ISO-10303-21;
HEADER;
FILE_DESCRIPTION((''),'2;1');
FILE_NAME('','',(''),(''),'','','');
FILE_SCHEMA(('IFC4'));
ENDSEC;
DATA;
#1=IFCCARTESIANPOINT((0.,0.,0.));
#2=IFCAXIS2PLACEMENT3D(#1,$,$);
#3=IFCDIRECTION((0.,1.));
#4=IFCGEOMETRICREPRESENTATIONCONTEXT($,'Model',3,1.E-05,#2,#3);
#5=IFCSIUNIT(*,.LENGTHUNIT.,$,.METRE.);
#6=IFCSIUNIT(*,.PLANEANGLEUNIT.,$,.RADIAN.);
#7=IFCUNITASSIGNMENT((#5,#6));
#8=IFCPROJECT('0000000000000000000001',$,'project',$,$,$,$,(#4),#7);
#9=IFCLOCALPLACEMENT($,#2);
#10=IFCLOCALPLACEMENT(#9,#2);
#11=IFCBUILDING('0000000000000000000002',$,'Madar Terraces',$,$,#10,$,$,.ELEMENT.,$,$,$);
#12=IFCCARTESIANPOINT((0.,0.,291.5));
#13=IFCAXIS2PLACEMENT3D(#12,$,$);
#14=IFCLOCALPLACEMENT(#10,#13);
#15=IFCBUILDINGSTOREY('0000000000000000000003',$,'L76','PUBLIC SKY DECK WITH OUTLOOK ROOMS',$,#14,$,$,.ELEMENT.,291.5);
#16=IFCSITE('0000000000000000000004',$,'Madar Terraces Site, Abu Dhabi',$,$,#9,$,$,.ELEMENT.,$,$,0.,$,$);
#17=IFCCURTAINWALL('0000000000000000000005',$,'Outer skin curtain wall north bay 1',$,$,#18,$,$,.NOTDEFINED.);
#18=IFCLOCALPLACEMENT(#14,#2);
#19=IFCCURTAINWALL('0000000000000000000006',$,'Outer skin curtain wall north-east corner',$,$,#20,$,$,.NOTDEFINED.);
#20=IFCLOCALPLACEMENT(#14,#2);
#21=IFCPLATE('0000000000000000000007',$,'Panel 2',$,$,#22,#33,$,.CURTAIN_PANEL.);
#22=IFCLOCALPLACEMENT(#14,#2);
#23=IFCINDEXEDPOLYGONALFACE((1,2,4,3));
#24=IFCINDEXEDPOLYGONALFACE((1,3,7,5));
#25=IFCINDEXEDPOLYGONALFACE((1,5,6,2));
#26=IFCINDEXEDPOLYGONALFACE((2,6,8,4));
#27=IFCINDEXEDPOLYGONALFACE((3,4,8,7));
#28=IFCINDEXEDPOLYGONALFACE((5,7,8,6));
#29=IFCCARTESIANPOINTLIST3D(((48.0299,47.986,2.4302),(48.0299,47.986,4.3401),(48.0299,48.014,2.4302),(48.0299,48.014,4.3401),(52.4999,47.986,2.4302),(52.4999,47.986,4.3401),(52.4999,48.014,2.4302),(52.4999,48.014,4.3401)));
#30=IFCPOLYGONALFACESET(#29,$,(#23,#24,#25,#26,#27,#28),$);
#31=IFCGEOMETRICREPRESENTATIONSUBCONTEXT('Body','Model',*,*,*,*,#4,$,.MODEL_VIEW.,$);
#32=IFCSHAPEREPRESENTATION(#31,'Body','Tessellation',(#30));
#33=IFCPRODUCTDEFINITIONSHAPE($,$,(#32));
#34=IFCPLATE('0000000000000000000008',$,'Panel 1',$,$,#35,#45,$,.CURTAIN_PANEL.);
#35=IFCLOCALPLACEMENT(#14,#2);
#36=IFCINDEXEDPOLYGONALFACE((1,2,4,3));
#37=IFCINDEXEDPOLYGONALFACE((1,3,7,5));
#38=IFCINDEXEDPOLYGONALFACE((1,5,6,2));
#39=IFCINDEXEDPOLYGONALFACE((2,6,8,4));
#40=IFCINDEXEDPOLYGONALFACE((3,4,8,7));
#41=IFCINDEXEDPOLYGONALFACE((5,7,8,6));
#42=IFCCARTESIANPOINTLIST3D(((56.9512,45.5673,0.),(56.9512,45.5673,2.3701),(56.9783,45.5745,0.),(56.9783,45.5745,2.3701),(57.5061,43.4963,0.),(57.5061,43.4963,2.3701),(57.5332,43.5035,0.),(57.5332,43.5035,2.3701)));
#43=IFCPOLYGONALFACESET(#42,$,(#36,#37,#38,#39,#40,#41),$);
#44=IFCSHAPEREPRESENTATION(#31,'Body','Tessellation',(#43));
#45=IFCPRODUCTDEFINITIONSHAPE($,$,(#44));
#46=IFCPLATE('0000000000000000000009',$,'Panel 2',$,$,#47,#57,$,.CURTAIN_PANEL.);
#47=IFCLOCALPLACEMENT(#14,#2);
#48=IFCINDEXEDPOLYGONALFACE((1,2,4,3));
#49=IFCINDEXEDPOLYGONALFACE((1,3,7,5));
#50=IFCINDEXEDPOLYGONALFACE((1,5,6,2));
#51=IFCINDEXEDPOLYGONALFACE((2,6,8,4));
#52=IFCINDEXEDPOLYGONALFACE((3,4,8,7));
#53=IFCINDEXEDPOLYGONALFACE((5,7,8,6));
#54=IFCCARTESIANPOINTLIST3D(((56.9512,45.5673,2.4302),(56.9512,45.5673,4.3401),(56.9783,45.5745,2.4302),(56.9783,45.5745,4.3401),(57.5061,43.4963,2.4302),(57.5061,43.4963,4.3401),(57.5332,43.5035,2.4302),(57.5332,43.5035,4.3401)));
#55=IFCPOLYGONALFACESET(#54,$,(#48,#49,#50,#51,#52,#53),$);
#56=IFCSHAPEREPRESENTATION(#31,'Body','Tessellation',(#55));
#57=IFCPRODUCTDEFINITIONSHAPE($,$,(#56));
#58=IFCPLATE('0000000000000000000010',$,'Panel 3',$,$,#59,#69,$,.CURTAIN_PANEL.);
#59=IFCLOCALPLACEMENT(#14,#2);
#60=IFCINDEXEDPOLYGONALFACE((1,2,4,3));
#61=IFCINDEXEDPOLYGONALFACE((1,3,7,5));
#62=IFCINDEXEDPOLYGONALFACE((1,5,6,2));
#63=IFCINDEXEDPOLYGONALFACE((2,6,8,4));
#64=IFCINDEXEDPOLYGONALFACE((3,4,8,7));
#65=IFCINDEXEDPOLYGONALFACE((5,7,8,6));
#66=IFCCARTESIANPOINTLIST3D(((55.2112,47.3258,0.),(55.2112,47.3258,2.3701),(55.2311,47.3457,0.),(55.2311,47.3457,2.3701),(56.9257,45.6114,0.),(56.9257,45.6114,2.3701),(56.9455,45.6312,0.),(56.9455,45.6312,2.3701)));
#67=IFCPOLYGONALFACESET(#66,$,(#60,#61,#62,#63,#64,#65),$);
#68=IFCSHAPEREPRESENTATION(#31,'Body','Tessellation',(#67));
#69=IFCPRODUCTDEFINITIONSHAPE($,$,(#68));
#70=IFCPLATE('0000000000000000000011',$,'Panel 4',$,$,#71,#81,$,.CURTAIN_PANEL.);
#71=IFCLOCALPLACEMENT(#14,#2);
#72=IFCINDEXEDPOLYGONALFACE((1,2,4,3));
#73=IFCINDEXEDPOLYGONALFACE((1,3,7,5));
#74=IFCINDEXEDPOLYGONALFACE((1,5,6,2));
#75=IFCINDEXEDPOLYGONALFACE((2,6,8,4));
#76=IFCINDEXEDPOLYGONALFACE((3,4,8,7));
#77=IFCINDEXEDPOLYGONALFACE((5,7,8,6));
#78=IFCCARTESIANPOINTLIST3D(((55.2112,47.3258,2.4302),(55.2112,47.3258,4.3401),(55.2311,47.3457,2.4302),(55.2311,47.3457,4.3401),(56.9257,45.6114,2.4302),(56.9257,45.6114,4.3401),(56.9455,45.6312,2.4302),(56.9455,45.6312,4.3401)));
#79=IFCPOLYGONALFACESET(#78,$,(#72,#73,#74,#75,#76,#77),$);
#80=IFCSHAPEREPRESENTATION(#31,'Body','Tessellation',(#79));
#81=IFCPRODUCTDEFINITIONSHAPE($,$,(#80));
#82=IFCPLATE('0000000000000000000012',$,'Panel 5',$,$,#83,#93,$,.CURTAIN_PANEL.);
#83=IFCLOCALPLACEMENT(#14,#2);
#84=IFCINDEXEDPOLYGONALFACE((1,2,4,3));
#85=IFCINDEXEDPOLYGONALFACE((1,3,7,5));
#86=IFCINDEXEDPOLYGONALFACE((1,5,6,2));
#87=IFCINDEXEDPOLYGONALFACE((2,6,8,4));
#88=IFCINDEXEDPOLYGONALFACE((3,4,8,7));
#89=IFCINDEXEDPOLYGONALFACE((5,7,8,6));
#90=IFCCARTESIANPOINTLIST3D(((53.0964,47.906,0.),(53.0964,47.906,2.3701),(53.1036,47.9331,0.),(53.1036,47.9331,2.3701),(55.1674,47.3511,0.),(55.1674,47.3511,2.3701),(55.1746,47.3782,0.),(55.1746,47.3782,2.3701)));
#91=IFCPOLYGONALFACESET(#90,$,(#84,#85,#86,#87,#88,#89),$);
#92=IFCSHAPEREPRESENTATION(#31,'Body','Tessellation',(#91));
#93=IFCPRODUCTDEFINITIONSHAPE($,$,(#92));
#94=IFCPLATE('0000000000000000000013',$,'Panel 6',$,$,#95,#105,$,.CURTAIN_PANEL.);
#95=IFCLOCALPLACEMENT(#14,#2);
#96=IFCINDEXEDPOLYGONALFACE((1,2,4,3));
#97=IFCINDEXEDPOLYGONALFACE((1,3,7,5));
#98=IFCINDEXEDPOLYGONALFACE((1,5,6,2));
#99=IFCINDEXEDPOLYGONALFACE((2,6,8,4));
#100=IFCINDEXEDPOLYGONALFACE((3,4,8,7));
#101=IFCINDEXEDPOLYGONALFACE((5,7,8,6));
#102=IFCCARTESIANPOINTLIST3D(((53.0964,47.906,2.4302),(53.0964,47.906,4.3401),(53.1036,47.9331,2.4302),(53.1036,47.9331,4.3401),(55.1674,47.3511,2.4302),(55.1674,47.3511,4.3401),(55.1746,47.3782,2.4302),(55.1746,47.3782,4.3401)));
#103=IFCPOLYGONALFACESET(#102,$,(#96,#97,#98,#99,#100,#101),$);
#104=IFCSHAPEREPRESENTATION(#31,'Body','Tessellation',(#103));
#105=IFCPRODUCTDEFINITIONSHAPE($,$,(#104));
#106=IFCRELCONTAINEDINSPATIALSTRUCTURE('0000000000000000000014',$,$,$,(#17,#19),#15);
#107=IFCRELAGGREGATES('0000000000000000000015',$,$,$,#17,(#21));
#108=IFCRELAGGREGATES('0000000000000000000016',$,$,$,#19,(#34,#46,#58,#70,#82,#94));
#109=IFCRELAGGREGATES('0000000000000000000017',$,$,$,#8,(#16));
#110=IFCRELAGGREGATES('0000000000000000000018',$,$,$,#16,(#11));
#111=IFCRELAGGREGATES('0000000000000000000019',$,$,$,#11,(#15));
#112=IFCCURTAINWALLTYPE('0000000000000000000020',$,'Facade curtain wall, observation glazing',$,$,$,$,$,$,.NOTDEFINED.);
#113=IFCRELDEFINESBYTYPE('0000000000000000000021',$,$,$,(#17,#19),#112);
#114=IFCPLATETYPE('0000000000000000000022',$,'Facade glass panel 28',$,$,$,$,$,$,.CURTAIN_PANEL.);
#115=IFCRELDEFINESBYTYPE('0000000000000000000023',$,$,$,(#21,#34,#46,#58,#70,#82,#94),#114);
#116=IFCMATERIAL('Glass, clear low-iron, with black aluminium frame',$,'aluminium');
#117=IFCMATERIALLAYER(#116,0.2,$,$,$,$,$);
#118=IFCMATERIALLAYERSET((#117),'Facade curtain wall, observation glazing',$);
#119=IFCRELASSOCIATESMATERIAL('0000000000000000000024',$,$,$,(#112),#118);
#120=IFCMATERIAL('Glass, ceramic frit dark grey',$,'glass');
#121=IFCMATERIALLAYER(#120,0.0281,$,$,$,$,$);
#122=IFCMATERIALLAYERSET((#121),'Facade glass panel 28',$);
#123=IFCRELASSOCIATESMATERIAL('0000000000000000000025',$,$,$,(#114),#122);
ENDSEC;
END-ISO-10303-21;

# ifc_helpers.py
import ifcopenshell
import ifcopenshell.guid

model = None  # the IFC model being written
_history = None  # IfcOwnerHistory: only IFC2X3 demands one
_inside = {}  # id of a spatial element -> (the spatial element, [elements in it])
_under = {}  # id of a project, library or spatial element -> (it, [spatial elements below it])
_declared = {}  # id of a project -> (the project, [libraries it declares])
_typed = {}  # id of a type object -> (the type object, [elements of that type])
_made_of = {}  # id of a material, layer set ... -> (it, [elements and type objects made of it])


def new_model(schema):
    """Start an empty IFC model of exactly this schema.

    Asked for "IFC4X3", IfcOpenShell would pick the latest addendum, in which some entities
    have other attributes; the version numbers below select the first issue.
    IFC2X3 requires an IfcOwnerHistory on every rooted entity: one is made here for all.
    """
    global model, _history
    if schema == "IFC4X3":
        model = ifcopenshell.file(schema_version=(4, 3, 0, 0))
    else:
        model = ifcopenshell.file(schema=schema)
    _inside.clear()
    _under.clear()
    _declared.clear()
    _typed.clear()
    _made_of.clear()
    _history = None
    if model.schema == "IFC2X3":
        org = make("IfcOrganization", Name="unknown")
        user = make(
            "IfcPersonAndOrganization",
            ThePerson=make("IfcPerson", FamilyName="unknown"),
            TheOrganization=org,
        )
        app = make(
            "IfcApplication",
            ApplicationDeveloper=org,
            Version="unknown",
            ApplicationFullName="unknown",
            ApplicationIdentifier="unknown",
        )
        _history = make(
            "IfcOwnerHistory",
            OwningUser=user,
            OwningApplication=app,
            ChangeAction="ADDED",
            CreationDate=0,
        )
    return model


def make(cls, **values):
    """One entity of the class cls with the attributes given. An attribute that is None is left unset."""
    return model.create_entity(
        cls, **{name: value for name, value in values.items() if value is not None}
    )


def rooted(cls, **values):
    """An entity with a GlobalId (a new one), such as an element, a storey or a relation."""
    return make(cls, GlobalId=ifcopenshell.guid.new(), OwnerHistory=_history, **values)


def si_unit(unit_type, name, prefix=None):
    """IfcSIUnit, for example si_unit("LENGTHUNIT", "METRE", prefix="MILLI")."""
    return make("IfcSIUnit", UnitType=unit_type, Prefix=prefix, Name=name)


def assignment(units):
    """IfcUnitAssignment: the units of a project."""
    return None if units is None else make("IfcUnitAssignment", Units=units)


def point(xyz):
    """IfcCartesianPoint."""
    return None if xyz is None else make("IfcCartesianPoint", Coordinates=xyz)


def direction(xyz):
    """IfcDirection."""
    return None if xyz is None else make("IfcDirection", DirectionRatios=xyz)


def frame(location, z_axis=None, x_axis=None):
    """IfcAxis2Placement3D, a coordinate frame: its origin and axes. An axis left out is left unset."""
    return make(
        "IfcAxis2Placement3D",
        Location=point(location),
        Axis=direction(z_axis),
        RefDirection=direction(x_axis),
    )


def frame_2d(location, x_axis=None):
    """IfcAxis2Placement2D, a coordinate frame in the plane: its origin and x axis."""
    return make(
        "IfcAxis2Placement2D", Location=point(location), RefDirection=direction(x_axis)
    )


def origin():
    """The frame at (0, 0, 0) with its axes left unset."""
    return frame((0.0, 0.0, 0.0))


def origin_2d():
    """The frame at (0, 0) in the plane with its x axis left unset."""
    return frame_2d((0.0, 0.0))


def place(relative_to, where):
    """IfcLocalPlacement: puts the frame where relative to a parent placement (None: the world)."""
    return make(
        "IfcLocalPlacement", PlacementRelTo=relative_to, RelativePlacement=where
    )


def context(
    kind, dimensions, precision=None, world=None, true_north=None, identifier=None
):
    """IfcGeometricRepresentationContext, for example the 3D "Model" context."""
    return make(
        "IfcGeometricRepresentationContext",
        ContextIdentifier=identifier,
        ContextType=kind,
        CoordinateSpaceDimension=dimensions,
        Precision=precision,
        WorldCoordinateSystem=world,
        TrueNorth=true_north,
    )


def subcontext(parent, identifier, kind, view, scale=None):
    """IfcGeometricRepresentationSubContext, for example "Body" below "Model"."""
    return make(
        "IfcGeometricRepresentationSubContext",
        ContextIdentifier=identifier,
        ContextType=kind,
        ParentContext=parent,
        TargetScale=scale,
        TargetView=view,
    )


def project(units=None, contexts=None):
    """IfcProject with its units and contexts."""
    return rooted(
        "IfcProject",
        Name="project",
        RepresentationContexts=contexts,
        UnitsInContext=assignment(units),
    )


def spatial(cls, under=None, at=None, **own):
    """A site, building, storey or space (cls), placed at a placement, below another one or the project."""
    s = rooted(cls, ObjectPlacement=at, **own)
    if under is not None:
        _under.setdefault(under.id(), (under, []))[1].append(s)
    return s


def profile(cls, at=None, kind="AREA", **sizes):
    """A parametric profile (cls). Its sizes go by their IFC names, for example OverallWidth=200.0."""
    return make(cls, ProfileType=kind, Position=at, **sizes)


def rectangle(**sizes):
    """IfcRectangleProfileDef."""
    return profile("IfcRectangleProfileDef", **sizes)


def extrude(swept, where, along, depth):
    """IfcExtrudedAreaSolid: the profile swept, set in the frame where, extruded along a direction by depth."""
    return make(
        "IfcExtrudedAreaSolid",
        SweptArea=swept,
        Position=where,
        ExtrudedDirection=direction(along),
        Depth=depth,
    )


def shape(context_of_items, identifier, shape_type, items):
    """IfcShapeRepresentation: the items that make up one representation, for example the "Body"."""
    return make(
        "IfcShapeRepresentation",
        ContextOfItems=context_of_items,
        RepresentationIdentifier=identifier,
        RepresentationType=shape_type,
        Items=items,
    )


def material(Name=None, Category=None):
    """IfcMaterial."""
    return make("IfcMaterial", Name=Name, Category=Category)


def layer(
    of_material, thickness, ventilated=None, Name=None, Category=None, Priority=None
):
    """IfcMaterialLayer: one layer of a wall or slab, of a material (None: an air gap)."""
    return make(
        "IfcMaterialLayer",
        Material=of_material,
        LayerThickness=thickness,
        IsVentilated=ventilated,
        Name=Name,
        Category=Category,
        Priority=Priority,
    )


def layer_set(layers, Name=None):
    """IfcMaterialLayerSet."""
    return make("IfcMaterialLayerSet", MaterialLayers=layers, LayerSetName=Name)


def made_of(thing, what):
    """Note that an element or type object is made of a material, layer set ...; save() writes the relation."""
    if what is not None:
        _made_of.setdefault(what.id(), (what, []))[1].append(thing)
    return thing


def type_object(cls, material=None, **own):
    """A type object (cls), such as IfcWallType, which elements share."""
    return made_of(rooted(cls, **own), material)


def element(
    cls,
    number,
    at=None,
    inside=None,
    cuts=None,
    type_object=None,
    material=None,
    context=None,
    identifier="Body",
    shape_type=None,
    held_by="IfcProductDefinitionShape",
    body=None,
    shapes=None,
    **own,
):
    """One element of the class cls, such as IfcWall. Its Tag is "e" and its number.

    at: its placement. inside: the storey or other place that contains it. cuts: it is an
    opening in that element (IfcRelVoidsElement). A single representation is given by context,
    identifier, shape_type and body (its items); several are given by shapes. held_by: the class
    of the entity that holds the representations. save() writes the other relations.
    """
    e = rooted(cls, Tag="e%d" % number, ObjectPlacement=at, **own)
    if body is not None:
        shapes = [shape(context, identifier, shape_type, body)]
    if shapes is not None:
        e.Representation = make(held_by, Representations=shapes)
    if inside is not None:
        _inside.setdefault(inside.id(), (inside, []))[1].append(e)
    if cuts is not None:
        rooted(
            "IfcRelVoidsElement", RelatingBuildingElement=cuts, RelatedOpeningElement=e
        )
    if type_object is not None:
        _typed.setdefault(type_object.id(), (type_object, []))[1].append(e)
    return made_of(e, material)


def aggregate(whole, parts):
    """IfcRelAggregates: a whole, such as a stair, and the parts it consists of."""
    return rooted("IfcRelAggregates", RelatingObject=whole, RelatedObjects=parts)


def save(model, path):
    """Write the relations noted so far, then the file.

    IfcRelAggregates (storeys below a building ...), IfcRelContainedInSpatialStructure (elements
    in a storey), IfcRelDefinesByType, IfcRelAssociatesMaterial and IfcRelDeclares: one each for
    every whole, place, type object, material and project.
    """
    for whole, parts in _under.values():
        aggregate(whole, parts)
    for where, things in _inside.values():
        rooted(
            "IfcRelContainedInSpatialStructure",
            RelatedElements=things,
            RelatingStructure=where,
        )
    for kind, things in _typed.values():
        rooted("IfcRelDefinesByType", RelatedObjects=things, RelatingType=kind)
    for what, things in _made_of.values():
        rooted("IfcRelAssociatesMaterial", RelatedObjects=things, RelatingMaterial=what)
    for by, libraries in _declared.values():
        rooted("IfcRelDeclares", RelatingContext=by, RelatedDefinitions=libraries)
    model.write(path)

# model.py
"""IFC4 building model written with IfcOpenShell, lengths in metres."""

from ifc_helpers import new_model, si_unit, direction, frame, origin, origin_2d, place, context, subcontext, project, spatial, rectangle, extrude, material, layer, layer_set, type_object, element, aggregate, save


model = new_model("IFC4")

# Units and contexts
model_context = context("Model", 3, precision=1e-05, world=origin(), true_north=direction((0.0, 1.0)))
body_context = subcontext(model_context, "Body", "Model", "MODEL_VIEW")
ifc_project = project(units=[si_unit("LENGTHUNIT", "METRE"), si_unit("PLANEANGLEUNIT", "RADIAN")], contexts=[model_context])

# Site, building, storey
site_placement = place(None, origin())
site = spatial("IfcSite", under=ifc_project, at=site_placement, Name="Madar Terraces Site, Abu Dhabi", CompositionType="ELEMENT", RefElevation=0.0)
building_placement = place(site_placement, origin())
building = spatial("IfcBuilding", under=site, at=building_placement, Name="Madar Terraces", CompositionType="ELEMENT")
storey_placement = place(building_placement, frame((0.0, 0.0, 291.5)))
storey = spatial("IfcBuildingStorey", under=building, at=storey_placement, Name="L76", Description="PUBLIC SKY DECK WITH OUTLOOK ROOMS", CompositionType="ELEMENT", Elevation=291.5)

# Curtain wall
ifc_material_1 = material(Name="Glass, clear low-iron, with black aluminium frame", Category="aluminium")
ifc_layer_1 = layer(ifc_material_1, 0.2)
ifc_layer_set_1 = layer_set([ifc_layer_1], Name="Facade curtain wall, observation glazing")
curtain_wall_type = type_object("IfcCurtainWallType", Name="Facade curtain wall, observation glazing", PredefinedType="NOTDEFINED", material=ifc_layer_set_1)
curtain_wall_1_placement = place(storey_placement, origin())
curtain_wall_1 = element("IfcCurtainWall", 1, at=curtain_wall_1_placement, inside=storey, type_object=curtain_wall_type, Name="Outer skin curtain wall north bay 1", PredefinedType="NOTDEFINED")

# Curtain wall
curtain_wall_2_placement = place(storey_placement, origin())
curtain_wall_2 = element("IfcCurtainWall", 2, at=curtain_wall_2_placement, inside=storey, type_object=curtain_wall_type, Name="Outer skin curtain wall north-east corner", PredefinedType="NOTDEFINED")

# Plates
ifc_material_2 = material(Name="Glass, ceramic frit dark grey", Category="glass")
ifc_layer_2 = layer(ifc_material_2, 0.0281)
ifc_layer_set_2 = layer_set([ifc_layer_2], Name="Facade glass panel 28")
plate_type = type_object("IfcPlateType", Name="Facade glass panel 28", PredefinedType="CURTAIN_PANEL", material=ifc_layer_set_2)
plate_1_placement = place(storey_placement, frame((50.2649, 48.0, 2.4302), z_axis=(0.0, 0.0, 1.0), x_axis=(-1.0, 0.0, 0.0)))
plate_1 = element("IfcPlate", 3, at=plate_1_placement, type_object=plate_type, Name="Panel 2", PredefinedType="CURTAIN_PANEL", context=body_context, shape_type="SweptSolid", body=[
    extrude(rectangle(XDim=4.47, YDim=0.0281, at=origin_2d()), origin(), (0.0, 0.0, 1.0), 1.9099),
])
aggregate(curtain_wall_1, [plate_1])
plate_2_placement = place(storey_placement, frame((57.2422, 44.5354, 0.0), z_axis=(0.0, 0.0, 1.0), x_axis=(-0.258819, 0.965926, 0.0)))
plate_2 = element("IfcPlate", 4, at=plate_2_placement, type_object=plate_type, Name="Panel 1", PredefinedType="CURTAIN_PANEL", context=body_context, shape_type="SweptSolid", body=[
    extrude(rectangle(XDim=2.144, YDim=0.0281, at=origin_2d()), origin(), (0.0, 0.0, 1.0), 2.3701),
])
plate_3_placement = place(storey_placement, frame((57.2422, 44.5354, 2.4302), z_axis=(0.0, 0.0, 1.0), x_axis=(-0.258819, 0.965926, 0.0)))
plate_3 = element("IfcPlate", 5, at=plate_3_placement, type_object=plate_type, Name="Panel 2", PredefinedType="CURTAIN_PANEL", context=body_context, shape_type="SweptSolid", body=[
    extrude(rectangle(XDim=2.144, YDim=0.0281, at=origin_2d()), origin(), (0.0, 0.0, 1.0), 1.9099),
])
plate_4_placement = place(storey_placement, frame((56.0784, 46.4785, 0.0), z_axis=(0.0, 0.0, 1.0), x_axis=(-0.707107, 0.707107, 0.0)))
plate_4 = element("IfcPlate", 6, at=plate_4_placement, type_object=plate_type, Name="Panel 3", PredefinedType="CURTAIN_PANEL", context=body_context, shape_type="SweptSolid", body=[
    extrude(rectangle(XDim=2.4246, YDim=0.0281, at=origin_2d()), origin(), (0.0, 0.0, 1.0), 2.3701),
])
plate_5_placement = place(storey_placement, frame((56.0784, 46.4785, 2.4302), z_axis=(0.0, 0.0, 1.0), x_axis=(-0.707107, 0.707107, 0.0)))
plate_5 = element("IfcPlate", 7, at=plate_5_placement, type_object=plate_type, Name="Panel 4", PredefinedType="CURTAIN_PANEL", context=body_context, shape_type="SweptSolid", body=[
    extrude(rectangle(XDim=2.4246, YDim=0.0281, at=origin_2d()), origin(), (0.0, 0.0, 1.0), 1.9099),
])
plate_6_placement = place(storey_placement, frame((54.1355, 47.6421, 0.0), z_axis=(0.0, 0.0, 1.0), x_axis=(-0.965926, 0.258819, 0.0)))
plate_6 = element("IfcPlate", 8, at=plate_6_placement, type_object=plate_type, Name="Panel 5", PredefinedType="CURTAIN_PANEL", context=body_context, shape_type="SweptSolid", body=[
    extrude(rectangle(XDim=2.144, YDim=0.0281, at=origin_2d()), origin(), (0.0, 0.0, 1.0), 2.3701),
])
plate_7_placement = place(storey_placement, frame((54.1355, 47.6421, 2.4302), z_axis=(0.0, 0.0, 1.0), x_axis=(-0.965926, 0.258819, 0.0)))
plate_7 = element("IfcPlate", 9, at=plate_7_placement, type_object=plate_type, Name="Panel 6", PredefinedType="CURTAIN_PANEL", context=body_context, shape_type="SweptSolid", body=[
    extrude(rectangle(XDim=2.144, YDim=0.0281, at=origin_2d()), origin(), (0.0, 0.0, 1.0), 1.9099),
])
aggregate(curtain_wall_2, [plate_2, plate_3, plate_4, plate_5, plate_6, plate_7])

save(model, "model.ifc")
